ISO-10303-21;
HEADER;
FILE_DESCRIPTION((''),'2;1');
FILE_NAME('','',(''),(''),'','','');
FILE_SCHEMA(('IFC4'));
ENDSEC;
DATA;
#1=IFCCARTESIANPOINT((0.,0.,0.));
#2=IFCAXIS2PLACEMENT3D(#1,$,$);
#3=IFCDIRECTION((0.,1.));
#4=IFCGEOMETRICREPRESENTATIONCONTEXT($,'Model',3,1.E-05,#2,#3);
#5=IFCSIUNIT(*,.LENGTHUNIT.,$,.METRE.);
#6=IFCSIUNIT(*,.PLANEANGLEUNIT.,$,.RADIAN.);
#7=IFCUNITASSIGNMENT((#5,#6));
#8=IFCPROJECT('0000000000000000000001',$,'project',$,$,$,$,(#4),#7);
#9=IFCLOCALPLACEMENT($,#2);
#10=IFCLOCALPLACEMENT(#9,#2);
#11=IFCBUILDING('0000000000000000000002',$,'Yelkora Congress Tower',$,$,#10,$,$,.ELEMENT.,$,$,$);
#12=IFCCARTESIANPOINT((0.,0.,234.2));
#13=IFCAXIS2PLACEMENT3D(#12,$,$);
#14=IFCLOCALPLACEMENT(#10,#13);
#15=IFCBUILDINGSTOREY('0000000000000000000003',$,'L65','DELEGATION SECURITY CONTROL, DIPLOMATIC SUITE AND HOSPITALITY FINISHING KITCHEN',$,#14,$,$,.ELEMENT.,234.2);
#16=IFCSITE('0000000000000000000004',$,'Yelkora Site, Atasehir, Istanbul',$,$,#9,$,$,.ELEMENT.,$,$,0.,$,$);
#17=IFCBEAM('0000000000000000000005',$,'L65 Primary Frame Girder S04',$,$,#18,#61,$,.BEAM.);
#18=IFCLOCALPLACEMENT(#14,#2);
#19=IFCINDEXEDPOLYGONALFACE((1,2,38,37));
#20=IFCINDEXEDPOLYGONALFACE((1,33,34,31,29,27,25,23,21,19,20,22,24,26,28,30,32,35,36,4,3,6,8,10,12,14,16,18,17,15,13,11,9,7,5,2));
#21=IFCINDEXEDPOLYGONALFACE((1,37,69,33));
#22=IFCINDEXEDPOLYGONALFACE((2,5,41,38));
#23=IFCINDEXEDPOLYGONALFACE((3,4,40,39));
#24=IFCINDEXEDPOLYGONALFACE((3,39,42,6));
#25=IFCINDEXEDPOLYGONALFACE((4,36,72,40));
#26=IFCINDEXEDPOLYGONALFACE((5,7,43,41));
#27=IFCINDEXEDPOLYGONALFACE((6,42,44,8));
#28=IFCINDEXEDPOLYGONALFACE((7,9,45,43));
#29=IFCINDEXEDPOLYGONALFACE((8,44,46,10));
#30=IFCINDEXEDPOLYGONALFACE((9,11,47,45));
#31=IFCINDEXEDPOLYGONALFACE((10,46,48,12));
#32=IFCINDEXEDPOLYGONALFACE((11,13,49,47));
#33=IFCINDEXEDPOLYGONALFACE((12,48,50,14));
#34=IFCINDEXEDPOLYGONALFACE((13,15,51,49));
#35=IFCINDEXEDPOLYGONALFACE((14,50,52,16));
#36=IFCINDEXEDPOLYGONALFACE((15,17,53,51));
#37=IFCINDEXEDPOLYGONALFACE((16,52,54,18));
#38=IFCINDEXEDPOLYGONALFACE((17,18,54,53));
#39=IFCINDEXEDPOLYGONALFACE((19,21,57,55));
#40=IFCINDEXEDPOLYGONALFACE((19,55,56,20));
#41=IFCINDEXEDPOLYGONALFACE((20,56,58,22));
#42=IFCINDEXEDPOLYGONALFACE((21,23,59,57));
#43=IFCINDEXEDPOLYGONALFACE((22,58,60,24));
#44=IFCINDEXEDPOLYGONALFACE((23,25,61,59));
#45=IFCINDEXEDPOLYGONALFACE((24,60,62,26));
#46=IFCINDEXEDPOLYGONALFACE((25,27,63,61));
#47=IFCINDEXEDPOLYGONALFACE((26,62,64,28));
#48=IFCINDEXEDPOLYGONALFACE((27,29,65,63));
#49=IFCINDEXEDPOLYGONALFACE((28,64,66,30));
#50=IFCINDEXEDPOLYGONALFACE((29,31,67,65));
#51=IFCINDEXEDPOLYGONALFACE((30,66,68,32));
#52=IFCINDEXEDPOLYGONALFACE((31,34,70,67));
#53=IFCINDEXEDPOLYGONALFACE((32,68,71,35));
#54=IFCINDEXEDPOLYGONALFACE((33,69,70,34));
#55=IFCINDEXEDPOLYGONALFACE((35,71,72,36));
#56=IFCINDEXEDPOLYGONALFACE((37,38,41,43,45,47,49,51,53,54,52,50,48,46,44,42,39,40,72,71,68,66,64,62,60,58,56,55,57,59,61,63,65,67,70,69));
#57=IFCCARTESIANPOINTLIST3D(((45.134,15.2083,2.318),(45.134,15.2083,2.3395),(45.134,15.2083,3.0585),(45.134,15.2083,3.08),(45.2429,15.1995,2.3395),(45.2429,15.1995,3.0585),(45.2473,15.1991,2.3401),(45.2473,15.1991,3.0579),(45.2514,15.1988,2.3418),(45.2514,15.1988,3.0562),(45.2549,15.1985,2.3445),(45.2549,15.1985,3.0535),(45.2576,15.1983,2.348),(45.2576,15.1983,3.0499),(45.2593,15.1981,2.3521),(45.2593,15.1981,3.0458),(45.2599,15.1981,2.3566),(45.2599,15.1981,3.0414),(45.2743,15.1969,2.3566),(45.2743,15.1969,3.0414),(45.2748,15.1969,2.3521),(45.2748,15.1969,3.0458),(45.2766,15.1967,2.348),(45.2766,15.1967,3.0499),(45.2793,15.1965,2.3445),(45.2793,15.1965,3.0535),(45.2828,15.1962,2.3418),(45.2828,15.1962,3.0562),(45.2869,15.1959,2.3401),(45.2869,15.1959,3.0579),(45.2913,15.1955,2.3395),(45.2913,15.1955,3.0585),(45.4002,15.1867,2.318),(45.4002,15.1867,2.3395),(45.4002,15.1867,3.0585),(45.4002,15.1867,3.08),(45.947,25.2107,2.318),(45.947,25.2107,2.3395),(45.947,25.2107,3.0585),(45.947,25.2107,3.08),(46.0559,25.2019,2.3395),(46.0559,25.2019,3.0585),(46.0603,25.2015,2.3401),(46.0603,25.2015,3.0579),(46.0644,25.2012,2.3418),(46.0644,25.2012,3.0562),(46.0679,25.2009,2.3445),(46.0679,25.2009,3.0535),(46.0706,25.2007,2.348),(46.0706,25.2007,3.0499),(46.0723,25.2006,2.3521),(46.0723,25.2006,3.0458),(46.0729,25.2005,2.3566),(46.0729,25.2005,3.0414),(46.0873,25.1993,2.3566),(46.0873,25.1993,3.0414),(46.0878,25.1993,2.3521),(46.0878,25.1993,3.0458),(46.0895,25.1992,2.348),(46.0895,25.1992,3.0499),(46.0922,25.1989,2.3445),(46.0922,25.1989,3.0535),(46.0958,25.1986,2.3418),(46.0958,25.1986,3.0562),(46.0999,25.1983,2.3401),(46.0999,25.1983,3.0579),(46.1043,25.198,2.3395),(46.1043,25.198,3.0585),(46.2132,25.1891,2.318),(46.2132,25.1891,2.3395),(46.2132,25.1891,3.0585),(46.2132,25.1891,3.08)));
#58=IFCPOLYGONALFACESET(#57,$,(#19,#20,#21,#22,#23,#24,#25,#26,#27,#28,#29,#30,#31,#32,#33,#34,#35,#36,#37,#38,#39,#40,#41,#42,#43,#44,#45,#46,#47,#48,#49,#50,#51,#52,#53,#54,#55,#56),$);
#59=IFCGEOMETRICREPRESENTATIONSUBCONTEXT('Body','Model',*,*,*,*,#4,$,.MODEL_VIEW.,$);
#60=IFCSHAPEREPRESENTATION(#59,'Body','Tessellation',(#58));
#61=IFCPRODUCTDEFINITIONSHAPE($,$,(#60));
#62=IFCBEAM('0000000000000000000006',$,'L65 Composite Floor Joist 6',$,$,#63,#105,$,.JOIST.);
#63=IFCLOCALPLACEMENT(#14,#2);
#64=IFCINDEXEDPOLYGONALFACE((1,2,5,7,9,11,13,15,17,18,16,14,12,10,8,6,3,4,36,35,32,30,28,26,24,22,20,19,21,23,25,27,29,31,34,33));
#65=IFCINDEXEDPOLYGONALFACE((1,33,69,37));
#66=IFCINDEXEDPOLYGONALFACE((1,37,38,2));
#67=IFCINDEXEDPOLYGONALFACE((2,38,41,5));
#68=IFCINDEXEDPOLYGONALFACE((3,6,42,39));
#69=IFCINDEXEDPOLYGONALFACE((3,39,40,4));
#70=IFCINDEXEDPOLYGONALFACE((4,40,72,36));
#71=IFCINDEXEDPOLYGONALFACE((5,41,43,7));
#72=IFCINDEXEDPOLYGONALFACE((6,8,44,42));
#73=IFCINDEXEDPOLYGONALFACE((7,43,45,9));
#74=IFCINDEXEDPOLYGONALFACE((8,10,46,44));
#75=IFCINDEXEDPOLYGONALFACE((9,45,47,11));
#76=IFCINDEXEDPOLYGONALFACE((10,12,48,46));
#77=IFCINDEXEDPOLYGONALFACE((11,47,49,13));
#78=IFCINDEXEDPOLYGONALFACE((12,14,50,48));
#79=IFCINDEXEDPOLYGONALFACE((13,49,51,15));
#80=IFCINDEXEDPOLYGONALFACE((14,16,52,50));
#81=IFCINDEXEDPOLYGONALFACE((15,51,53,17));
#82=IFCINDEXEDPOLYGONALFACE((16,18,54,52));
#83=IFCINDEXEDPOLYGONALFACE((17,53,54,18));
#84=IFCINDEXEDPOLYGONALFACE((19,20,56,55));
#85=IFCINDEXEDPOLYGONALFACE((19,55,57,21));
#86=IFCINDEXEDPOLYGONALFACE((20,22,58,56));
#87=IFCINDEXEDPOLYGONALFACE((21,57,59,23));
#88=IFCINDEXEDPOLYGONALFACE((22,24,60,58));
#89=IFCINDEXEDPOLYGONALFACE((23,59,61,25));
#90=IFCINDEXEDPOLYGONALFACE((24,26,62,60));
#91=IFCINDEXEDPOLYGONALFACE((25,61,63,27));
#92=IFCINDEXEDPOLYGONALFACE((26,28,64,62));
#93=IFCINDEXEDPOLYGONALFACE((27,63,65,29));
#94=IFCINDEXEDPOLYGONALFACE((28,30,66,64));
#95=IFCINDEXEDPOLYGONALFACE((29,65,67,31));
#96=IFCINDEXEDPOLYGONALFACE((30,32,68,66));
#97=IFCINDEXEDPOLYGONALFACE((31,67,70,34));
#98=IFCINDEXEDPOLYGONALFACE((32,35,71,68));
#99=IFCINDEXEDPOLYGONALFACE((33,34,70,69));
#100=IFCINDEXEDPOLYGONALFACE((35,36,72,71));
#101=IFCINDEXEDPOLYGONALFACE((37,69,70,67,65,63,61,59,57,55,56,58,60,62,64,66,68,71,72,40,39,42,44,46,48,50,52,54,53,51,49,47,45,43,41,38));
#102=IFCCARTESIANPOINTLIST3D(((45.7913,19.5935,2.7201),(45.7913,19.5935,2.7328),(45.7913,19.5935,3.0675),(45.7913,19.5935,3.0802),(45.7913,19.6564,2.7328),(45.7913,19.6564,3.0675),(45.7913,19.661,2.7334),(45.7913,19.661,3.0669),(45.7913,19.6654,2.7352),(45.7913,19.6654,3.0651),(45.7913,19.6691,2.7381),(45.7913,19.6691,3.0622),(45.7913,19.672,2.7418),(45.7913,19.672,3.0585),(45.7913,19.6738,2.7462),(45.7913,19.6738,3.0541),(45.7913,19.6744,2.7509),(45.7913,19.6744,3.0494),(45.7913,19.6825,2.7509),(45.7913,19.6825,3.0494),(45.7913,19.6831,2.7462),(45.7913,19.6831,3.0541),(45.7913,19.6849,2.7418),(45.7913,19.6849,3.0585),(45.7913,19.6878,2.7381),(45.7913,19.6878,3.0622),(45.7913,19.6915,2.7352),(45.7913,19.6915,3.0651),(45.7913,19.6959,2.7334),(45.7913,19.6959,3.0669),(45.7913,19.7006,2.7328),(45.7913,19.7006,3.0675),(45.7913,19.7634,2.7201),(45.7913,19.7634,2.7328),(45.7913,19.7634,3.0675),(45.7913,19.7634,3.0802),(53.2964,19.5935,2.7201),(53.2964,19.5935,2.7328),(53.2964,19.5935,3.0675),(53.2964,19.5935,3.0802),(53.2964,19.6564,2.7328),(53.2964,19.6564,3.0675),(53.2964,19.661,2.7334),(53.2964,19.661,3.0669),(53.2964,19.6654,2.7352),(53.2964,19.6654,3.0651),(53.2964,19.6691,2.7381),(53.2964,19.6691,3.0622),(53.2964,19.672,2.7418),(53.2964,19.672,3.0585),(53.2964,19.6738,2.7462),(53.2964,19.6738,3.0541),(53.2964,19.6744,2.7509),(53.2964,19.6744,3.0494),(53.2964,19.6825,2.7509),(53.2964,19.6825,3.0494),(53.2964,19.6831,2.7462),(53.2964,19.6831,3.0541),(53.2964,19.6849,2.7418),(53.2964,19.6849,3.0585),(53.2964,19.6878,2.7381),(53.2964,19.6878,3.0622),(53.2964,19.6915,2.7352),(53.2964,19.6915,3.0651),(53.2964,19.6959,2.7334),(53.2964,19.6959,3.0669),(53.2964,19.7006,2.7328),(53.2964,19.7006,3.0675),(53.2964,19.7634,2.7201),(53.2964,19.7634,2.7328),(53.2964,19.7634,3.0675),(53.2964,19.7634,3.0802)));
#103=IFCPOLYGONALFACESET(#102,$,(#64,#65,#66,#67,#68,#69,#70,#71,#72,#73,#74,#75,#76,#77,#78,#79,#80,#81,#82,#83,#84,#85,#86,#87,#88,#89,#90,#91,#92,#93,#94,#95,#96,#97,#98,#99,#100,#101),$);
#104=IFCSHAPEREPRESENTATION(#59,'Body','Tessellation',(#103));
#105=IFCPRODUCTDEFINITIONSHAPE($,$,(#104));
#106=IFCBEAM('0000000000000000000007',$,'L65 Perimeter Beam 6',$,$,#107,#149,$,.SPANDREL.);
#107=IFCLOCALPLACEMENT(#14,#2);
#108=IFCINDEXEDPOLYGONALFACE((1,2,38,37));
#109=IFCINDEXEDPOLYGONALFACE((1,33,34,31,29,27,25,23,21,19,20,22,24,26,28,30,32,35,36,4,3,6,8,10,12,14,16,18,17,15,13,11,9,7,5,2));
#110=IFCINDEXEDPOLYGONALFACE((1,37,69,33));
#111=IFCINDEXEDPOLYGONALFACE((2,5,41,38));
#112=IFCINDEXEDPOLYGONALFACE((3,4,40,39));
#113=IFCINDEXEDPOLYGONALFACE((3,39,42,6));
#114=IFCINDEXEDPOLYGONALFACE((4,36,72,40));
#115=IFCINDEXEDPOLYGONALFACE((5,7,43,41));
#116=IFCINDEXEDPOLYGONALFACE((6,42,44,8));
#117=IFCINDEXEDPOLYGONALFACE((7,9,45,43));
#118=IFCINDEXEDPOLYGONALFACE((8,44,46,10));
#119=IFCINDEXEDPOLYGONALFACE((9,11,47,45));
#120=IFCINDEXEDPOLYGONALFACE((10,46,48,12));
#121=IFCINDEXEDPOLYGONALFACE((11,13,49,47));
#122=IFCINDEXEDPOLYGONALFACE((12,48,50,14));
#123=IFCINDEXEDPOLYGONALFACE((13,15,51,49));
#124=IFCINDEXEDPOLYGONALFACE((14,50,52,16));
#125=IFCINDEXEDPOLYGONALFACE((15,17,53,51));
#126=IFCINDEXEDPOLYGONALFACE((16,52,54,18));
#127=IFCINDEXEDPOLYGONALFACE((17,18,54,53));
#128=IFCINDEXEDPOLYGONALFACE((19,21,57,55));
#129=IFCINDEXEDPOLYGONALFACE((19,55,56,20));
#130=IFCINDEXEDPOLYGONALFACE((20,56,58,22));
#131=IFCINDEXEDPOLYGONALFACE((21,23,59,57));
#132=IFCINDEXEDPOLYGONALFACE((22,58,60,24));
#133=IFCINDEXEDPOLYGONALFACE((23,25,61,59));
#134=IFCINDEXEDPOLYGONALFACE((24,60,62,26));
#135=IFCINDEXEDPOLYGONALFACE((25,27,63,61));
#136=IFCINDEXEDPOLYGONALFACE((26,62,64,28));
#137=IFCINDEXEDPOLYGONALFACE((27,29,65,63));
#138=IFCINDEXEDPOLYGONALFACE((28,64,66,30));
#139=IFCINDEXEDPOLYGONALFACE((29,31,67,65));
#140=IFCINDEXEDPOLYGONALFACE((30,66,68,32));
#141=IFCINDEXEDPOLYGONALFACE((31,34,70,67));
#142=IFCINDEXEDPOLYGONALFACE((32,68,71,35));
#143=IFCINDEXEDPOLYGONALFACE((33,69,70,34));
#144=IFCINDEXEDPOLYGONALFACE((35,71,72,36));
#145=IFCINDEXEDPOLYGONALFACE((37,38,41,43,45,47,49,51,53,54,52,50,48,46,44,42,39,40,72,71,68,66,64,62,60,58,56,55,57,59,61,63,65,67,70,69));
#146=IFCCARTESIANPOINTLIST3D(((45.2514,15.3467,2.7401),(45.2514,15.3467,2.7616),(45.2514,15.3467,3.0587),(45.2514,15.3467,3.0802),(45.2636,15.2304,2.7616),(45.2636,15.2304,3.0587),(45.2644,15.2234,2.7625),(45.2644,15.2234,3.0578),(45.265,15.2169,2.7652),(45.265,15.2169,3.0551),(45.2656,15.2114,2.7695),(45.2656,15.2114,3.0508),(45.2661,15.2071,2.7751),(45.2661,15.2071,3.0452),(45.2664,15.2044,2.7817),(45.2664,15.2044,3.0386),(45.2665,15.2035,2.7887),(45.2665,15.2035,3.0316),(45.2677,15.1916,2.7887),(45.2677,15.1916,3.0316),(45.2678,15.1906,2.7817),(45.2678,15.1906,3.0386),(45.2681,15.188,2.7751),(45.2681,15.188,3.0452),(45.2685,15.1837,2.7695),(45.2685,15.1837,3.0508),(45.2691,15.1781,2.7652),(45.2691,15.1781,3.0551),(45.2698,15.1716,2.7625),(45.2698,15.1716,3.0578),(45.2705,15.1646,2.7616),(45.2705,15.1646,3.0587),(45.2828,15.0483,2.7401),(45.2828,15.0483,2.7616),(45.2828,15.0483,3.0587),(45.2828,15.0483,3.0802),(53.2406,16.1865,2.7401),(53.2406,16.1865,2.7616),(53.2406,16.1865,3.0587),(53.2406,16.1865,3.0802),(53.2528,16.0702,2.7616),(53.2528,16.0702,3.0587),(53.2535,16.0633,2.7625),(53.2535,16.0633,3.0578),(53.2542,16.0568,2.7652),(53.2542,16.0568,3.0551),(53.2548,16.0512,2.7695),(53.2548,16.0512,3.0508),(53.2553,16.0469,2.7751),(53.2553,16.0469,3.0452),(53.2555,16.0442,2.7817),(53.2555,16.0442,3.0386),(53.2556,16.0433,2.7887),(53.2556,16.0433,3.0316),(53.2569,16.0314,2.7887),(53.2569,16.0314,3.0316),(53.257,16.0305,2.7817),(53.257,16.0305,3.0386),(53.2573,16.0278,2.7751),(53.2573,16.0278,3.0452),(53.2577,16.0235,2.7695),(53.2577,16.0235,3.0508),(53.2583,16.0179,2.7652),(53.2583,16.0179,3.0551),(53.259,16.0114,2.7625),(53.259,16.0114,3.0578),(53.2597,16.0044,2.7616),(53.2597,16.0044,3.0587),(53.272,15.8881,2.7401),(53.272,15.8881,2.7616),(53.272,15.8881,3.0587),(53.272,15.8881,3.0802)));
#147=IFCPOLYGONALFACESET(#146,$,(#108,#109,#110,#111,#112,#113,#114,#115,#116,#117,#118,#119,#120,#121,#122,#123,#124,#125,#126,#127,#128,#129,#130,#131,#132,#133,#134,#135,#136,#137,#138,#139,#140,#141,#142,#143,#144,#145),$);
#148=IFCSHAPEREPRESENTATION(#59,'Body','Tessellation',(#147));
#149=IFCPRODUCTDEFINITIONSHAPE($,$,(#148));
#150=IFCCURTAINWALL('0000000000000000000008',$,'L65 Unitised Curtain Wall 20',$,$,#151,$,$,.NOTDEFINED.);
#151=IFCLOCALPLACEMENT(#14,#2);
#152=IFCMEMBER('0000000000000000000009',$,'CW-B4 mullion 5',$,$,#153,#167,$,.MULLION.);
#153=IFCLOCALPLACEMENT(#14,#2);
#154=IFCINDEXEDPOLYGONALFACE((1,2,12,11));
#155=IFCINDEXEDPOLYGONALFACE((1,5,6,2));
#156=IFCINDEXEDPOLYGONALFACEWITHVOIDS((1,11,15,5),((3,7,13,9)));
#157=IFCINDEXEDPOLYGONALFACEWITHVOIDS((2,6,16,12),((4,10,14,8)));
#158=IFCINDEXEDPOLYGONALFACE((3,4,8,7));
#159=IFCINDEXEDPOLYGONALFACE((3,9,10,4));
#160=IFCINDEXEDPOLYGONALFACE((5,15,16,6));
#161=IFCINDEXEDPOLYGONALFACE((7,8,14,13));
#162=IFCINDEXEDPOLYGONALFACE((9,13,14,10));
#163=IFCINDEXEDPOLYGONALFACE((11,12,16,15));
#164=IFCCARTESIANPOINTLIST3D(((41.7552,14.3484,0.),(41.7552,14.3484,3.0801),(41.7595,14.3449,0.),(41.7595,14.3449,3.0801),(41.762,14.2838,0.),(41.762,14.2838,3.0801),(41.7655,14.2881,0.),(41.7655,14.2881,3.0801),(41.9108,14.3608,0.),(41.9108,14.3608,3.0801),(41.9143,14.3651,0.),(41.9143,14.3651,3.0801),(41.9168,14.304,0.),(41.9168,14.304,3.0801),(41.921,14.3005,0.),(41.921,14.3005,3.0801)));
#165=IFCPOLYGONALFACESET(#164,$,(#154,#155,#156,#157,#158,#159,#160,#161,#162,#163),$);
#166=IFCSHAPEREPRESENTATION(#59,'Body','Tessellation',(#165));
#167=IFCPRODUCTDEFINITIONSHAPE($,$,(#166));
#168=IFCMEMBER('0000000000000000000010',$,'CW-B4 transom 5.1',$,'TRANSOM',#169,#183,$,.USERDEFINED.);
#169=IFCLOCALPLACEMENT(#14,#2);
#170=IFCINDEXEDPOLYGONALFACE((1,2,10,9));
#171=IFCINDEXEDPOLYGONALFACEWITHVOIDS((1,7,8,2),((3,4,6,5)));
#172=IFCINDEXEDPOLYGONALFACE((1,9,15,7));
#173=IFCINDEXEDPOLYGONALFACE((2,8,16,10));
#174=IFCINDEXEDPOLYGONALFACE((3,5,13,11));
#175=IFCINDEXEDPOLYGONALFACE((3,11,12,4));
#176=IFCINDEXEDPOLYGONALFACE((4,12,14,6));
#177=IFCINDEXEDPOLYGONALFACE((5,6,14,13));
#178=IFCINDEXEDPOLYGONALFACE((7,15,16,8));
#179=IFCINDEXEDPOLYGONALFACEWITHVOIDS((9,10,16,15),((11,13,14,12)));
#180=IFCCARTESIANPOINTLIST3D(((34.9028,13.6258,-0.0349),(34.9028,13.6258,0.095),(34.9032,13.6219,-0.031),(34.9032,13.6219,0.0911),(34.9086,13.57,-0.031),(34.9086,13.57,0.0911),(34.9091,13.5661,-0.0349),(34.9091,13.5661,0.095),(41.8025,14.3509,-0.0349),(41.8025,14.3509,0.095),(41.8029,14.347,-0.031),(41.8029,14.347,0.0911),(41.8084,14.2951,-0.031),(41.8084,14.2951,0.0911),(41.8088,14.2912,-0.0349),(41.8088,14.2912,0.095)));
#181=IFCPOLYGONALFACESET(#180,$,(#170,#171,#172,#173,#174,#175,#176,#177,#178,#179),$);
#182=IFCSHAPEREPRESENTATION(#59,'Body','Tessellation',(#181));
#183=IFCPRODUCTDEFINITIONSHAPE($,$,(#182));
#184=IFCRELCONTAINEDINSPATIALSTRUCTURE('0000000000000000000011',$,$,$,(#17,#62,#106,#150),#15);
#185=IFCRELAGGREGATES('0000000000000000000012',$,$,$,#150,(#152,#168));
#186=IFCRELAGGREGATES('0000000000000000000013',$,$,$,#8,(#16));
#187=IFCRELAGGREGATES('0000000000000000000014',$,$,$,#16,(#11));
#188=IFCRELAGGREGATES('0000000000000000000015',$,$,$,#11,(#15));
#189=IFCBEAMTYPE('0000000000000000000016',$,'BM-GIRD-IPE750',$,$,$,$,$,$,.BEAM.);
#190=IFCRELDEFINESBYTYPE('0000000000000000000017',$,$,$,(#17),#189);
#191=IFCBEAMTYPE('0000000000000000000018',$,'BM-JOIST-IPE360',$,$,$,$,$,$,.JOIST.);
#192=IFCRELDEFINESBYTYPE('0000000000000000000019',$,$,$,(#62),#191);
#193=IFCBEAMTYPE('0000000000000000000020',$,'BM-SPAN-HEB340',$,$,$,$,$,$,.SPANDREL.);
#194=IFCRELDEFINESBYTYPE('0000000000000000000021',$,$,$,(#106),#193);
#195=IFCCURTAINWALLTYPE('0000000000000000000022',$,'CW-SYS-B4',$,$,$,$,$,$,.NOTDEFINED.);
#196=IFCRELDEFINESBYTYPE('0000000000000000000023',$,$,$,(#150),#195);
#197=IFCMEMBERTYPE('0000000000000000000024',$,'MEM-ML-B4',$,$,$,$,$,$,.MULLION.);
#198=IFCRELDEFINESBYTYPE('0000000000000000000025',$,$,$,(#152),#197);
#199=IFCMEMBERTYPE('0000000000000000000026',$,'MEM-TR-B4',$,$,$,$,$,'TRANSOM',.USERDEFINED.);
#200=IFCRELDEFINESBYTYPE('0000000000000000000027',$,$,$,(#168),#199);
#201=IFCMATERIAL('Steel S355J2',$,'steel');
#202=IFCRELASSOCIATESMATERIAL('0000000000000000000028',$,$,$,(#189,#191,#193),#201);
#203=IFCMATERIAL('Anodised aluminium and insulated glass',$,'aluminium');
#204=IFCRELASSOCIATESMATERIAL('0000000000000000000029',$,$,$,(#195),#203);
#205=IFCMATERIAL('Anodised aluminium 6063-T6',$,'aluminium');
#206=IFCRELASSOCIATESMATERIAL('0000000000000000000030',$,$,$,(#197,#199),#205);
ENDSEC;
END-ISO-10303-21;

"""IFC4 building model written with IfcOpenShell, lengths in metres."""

from ifc_helpers import new_model, si_unit, direction, frame, origin, origin_2d, place, context, subcontext, project, spatial, hollow_rectangle, i_section, extrude, material, material_profile, profile_set, type_object, element, aggregate, save


model = new_model("IFC4")

# Units and contexts
model_context = context("Model", 3, precision=1e-05, world=origin(), true_north=direction((0.0, 1.0)))
body_context = subcontext(model_context, "Body", "Model", "MODEL_VIEW")
ifc_project = project(units=[si_unit("LENGTHUNIT", "METRE"), si_unit("PLANEANGLEUNIT", "RADIAN")], contexts=[model_context])

# Site, building, storey
site_placement = place(None, origin())
site = spatial("IfcSite", under=ifc_project, at=site_placement, Name="Yelkora Site, Atasehir, Istanbul", CompositionType="ELEMENT", RefElevation=0.0)
building_placement = place(site_placement, origin())
building = spatial("IfcBuilding", under=site, at=building_placement, Name="Yelkora Congress Tower", CompositionType="ELEMENT")
storey_placement = place(building_placement, frame((0.0, 0.0, 234.2)))
storey = spatial("IfcBuildingStorey", under=building, at=storey_placement, Name="L65", Description="DELEGATION SECURITY CONTROL, DIPLOMATIC SUITE AND HOSPITALITY FINISHING KITCHEN", CompositionType="ELEMENT", Elevation=234.2)

# Shared definitions
ifc_material_1 = material(Name="Steel S355J2", Category="steel")

# Beams
ifc_material_profile_1 = material_profile(ifc_material_1, i_section(OverallWidth=0.2671, OverallDepth=0.762, WebThickness=0.0144, FlangeThickness=0.0215, FilletRadius=0.0171, at=origin_2d()), Name="IPE 750x173")
ifc_profile_set_1 = profile_set([ifc_material_profile_1], Name="Steel S355J2")
beam_type_1 = type_object("IfcBeamType", Name="BM-GIRD-IPE750", PredefinedType="BEAM", material=ifc_profile_set_1)
beam_1_placement = place(storey_placement, frame((45.2671, 15.1975, 2.699), z_axis=(0.081012, 0.996713, 0.0), x_axis=(-0.996713, 0.081012, 0.0)))
element("IfcBeam", 1, at=beam_1_placement, inside=storey, type_object=beam_type_1, Name="L65 Primary Frame Girder S04", PredefinedType="BEAM", context=body_context, shape_type="SweptSolid", body=[
    extrude(i_section(OverallWidth=0.2671, OverallDepth=0.762, WebThickness=0.0144, FlangeThickness=0.0215, FilletRadius=0.0171, at=origin_2d()), origin(), (0.0, 0.0, 1.0), 10.0354),
])
ifc_material_profile_2 = material_profile(ifc_material_1, i_section(OverallWidth=0.1699, OverallDepth=0.3601, WebThickness=0.0081, FlangeThickness=0.0127, FilletRadius=0.0181, at=origin_2d()), Name="IPE 360")
ifc_profile_set_2 = profile_set([ifc_material_profile_2], Name="Steel S355J2")
beam_type_2 = type_object("IfcBeamType", Name="BM-JOIST-IPE360", PredefinedType="JOIST", material=ifc_profile_set_2)
beam_2_placement = place(storey_placement, frame((45.7913, 19.6785, 2.9001), z_axis=(1.0, 0.0, 0.0), x_axis=(0.0, 1.0, 0.0)))
element("IfcBeam", 2, at=beam_2_placement, inside=storey, type_object=beam_type_2, Name="L65 Composite Floor Joist 6", PredefinedType="JOIST", context=body_context, shape_type="SweptSolid", body=[
    extrude(i_section(OverallWidth=0.1699, OverallDepth=0.3601, WebThickness=0.0081, FlangeThickness=0.0127, FilletRadius=0.0181, at=origin_2d()), origin(), (0.0, 0.0, 1.0), 7.5051),
])
ifc_material_profile_3 = material_profile(ifc_material_1, i_section(OverallWidth=0.3, OverallDepth=0.3401, WebThickness=0.012, FlangeThickness=0.0215, FilletRadius=0.0271, at=origin_2d()), Name="HEB 340")
ifc_profile_set_3 = profile_set([ifc_material_profile_3], Name="Steel S355J2")
beam_type_3 = type_object("IfcBeamType", Name="BM-SPAN-HEB340", PredefinedType="SPANDREL", material=ifc_profile_set_3)
beam_3_placement = place(storey_placement, frame((45.2671, 15.1975, 2.9102), z_axis=(0.99452, 0.104546, 0.0), x_axis=(-0.104546, 0.99452, 0.0)))
element("IfcBeam", 3, at=beam_3_placement, inside=storey, type_object=beam_type_3, Name="L65 Perimeter Beam 6", PredefinedType="SPANDREL", context=body_context, shape_type="SweptSolid", body=[
    extrude(i_section(OverallWidth=0.3, OverallDepth=0.3401, WebThickness=0.012, FlangeThickness=0.0215, FilletRadius=0.0271, at=origin_2d()), origin(), (0.0, 0.0, 1.0), 8.0332),
])

# Curtain wall, members
ifc_material_2 = material(Name="Anodised aluminium and insulated glass", Category="aluminium")
curtain_wall_type = type_object("IfcCurtainWallType", Name="CW-SYS-B4", PredefinedType="NOTDEFINED", material=ifc_material_2)
curtain_wall_placement = place(storey_placement, origin())
curtain_wall = element("IfcCurtainWall", 4, at=curtain_wall_placement, inside=storey, type_object=curtain_wall_type, Name="L65 Unitised Curtain Wall 20", PredefinedType="NOTDEFINED")
ifc_material_3 = material(Name="Anodised aluminium 6063-T6", Category="aluminium")
ifc_material_profile_4 = material_profile(ifc_material_3, hollow_rectangle(XDim=0.0649, YDim=0.1599, WallThickness=0.0039, at=origin_2d()), Name="ALU 65x160x4")
ifc_profile_set_4 = profile_set([ifc_material_profile_4], Name="Anodised aluminium 6063-T6")
member_type_1 = type_object("IfcMemberType", Name="MEM-ML-B4", PredefinedType="MULLION", material=ifc_profile_set_4)
member_1_placement = place(storey_placement, frame((41.8381, 14.3245, 0.0), z_axis=(0.0, 0.0, 1.0), x_axis=(0.104527, -0.994522, 0.0)))
member_1 = element("IfcMember", 5, at=member_1_placement, type_object=member_type_1, Name="CW-B4 mullion 5", PredefinedType="MULLION", context=body_context, shape_type="SweptSolid", body=[
    extrude(hollow_rectangle(XDim=0.0649, YDim=0.1599, WallThickness=0.0039, at=origin_2d()), origin(), (0.0, 0.0, 1.0), 3.0801),
])
ifc_material_profile_5 = material_profile(ifc_material_3, hollow_rectangle(XDim=0.0601, YDim=0.1299, WallThickness=0.0039, at=origin_2d()), Name="ALU 60x130x4")
ifc_profile_set_5 = profile_set([ifc_material_profile_5], Name="Anodised aluminium 6063-T6")
member_type_2 = type_object("IfcMemberType", Name="MEM-TR-B4", ElementType="TRANSOM", PredefinedType="USERDEFINED", material=ifc_profile_set_5)
member_2_placement = place(storey_placement, frame((41.8057, 14.321, 0.03), z_axis=(-0.994523, -0.104516, 0.0), x_axis=(0.104516, -0.994523, 0.0)))
member_2 = element("IfcMember", 6, at=member_2_placement, type_object=member_type_2, Name="CW-B4 transom 5.1", ObjectType="TRANSOM", PredefinedType="USERDEFINED", context=body_context, shape_type="SweptSolid", body=[
    extrude(hollow_rectangle(XDim=0.0601, YDim=0.1299, WallThickness=0.0039, at=origin_2d()), origin(), (0.0, 0.0, 1.0), 6.9377),
])
aggregate(curtain_wall, [member_1, member_2])

save(model, "model.ifc")
